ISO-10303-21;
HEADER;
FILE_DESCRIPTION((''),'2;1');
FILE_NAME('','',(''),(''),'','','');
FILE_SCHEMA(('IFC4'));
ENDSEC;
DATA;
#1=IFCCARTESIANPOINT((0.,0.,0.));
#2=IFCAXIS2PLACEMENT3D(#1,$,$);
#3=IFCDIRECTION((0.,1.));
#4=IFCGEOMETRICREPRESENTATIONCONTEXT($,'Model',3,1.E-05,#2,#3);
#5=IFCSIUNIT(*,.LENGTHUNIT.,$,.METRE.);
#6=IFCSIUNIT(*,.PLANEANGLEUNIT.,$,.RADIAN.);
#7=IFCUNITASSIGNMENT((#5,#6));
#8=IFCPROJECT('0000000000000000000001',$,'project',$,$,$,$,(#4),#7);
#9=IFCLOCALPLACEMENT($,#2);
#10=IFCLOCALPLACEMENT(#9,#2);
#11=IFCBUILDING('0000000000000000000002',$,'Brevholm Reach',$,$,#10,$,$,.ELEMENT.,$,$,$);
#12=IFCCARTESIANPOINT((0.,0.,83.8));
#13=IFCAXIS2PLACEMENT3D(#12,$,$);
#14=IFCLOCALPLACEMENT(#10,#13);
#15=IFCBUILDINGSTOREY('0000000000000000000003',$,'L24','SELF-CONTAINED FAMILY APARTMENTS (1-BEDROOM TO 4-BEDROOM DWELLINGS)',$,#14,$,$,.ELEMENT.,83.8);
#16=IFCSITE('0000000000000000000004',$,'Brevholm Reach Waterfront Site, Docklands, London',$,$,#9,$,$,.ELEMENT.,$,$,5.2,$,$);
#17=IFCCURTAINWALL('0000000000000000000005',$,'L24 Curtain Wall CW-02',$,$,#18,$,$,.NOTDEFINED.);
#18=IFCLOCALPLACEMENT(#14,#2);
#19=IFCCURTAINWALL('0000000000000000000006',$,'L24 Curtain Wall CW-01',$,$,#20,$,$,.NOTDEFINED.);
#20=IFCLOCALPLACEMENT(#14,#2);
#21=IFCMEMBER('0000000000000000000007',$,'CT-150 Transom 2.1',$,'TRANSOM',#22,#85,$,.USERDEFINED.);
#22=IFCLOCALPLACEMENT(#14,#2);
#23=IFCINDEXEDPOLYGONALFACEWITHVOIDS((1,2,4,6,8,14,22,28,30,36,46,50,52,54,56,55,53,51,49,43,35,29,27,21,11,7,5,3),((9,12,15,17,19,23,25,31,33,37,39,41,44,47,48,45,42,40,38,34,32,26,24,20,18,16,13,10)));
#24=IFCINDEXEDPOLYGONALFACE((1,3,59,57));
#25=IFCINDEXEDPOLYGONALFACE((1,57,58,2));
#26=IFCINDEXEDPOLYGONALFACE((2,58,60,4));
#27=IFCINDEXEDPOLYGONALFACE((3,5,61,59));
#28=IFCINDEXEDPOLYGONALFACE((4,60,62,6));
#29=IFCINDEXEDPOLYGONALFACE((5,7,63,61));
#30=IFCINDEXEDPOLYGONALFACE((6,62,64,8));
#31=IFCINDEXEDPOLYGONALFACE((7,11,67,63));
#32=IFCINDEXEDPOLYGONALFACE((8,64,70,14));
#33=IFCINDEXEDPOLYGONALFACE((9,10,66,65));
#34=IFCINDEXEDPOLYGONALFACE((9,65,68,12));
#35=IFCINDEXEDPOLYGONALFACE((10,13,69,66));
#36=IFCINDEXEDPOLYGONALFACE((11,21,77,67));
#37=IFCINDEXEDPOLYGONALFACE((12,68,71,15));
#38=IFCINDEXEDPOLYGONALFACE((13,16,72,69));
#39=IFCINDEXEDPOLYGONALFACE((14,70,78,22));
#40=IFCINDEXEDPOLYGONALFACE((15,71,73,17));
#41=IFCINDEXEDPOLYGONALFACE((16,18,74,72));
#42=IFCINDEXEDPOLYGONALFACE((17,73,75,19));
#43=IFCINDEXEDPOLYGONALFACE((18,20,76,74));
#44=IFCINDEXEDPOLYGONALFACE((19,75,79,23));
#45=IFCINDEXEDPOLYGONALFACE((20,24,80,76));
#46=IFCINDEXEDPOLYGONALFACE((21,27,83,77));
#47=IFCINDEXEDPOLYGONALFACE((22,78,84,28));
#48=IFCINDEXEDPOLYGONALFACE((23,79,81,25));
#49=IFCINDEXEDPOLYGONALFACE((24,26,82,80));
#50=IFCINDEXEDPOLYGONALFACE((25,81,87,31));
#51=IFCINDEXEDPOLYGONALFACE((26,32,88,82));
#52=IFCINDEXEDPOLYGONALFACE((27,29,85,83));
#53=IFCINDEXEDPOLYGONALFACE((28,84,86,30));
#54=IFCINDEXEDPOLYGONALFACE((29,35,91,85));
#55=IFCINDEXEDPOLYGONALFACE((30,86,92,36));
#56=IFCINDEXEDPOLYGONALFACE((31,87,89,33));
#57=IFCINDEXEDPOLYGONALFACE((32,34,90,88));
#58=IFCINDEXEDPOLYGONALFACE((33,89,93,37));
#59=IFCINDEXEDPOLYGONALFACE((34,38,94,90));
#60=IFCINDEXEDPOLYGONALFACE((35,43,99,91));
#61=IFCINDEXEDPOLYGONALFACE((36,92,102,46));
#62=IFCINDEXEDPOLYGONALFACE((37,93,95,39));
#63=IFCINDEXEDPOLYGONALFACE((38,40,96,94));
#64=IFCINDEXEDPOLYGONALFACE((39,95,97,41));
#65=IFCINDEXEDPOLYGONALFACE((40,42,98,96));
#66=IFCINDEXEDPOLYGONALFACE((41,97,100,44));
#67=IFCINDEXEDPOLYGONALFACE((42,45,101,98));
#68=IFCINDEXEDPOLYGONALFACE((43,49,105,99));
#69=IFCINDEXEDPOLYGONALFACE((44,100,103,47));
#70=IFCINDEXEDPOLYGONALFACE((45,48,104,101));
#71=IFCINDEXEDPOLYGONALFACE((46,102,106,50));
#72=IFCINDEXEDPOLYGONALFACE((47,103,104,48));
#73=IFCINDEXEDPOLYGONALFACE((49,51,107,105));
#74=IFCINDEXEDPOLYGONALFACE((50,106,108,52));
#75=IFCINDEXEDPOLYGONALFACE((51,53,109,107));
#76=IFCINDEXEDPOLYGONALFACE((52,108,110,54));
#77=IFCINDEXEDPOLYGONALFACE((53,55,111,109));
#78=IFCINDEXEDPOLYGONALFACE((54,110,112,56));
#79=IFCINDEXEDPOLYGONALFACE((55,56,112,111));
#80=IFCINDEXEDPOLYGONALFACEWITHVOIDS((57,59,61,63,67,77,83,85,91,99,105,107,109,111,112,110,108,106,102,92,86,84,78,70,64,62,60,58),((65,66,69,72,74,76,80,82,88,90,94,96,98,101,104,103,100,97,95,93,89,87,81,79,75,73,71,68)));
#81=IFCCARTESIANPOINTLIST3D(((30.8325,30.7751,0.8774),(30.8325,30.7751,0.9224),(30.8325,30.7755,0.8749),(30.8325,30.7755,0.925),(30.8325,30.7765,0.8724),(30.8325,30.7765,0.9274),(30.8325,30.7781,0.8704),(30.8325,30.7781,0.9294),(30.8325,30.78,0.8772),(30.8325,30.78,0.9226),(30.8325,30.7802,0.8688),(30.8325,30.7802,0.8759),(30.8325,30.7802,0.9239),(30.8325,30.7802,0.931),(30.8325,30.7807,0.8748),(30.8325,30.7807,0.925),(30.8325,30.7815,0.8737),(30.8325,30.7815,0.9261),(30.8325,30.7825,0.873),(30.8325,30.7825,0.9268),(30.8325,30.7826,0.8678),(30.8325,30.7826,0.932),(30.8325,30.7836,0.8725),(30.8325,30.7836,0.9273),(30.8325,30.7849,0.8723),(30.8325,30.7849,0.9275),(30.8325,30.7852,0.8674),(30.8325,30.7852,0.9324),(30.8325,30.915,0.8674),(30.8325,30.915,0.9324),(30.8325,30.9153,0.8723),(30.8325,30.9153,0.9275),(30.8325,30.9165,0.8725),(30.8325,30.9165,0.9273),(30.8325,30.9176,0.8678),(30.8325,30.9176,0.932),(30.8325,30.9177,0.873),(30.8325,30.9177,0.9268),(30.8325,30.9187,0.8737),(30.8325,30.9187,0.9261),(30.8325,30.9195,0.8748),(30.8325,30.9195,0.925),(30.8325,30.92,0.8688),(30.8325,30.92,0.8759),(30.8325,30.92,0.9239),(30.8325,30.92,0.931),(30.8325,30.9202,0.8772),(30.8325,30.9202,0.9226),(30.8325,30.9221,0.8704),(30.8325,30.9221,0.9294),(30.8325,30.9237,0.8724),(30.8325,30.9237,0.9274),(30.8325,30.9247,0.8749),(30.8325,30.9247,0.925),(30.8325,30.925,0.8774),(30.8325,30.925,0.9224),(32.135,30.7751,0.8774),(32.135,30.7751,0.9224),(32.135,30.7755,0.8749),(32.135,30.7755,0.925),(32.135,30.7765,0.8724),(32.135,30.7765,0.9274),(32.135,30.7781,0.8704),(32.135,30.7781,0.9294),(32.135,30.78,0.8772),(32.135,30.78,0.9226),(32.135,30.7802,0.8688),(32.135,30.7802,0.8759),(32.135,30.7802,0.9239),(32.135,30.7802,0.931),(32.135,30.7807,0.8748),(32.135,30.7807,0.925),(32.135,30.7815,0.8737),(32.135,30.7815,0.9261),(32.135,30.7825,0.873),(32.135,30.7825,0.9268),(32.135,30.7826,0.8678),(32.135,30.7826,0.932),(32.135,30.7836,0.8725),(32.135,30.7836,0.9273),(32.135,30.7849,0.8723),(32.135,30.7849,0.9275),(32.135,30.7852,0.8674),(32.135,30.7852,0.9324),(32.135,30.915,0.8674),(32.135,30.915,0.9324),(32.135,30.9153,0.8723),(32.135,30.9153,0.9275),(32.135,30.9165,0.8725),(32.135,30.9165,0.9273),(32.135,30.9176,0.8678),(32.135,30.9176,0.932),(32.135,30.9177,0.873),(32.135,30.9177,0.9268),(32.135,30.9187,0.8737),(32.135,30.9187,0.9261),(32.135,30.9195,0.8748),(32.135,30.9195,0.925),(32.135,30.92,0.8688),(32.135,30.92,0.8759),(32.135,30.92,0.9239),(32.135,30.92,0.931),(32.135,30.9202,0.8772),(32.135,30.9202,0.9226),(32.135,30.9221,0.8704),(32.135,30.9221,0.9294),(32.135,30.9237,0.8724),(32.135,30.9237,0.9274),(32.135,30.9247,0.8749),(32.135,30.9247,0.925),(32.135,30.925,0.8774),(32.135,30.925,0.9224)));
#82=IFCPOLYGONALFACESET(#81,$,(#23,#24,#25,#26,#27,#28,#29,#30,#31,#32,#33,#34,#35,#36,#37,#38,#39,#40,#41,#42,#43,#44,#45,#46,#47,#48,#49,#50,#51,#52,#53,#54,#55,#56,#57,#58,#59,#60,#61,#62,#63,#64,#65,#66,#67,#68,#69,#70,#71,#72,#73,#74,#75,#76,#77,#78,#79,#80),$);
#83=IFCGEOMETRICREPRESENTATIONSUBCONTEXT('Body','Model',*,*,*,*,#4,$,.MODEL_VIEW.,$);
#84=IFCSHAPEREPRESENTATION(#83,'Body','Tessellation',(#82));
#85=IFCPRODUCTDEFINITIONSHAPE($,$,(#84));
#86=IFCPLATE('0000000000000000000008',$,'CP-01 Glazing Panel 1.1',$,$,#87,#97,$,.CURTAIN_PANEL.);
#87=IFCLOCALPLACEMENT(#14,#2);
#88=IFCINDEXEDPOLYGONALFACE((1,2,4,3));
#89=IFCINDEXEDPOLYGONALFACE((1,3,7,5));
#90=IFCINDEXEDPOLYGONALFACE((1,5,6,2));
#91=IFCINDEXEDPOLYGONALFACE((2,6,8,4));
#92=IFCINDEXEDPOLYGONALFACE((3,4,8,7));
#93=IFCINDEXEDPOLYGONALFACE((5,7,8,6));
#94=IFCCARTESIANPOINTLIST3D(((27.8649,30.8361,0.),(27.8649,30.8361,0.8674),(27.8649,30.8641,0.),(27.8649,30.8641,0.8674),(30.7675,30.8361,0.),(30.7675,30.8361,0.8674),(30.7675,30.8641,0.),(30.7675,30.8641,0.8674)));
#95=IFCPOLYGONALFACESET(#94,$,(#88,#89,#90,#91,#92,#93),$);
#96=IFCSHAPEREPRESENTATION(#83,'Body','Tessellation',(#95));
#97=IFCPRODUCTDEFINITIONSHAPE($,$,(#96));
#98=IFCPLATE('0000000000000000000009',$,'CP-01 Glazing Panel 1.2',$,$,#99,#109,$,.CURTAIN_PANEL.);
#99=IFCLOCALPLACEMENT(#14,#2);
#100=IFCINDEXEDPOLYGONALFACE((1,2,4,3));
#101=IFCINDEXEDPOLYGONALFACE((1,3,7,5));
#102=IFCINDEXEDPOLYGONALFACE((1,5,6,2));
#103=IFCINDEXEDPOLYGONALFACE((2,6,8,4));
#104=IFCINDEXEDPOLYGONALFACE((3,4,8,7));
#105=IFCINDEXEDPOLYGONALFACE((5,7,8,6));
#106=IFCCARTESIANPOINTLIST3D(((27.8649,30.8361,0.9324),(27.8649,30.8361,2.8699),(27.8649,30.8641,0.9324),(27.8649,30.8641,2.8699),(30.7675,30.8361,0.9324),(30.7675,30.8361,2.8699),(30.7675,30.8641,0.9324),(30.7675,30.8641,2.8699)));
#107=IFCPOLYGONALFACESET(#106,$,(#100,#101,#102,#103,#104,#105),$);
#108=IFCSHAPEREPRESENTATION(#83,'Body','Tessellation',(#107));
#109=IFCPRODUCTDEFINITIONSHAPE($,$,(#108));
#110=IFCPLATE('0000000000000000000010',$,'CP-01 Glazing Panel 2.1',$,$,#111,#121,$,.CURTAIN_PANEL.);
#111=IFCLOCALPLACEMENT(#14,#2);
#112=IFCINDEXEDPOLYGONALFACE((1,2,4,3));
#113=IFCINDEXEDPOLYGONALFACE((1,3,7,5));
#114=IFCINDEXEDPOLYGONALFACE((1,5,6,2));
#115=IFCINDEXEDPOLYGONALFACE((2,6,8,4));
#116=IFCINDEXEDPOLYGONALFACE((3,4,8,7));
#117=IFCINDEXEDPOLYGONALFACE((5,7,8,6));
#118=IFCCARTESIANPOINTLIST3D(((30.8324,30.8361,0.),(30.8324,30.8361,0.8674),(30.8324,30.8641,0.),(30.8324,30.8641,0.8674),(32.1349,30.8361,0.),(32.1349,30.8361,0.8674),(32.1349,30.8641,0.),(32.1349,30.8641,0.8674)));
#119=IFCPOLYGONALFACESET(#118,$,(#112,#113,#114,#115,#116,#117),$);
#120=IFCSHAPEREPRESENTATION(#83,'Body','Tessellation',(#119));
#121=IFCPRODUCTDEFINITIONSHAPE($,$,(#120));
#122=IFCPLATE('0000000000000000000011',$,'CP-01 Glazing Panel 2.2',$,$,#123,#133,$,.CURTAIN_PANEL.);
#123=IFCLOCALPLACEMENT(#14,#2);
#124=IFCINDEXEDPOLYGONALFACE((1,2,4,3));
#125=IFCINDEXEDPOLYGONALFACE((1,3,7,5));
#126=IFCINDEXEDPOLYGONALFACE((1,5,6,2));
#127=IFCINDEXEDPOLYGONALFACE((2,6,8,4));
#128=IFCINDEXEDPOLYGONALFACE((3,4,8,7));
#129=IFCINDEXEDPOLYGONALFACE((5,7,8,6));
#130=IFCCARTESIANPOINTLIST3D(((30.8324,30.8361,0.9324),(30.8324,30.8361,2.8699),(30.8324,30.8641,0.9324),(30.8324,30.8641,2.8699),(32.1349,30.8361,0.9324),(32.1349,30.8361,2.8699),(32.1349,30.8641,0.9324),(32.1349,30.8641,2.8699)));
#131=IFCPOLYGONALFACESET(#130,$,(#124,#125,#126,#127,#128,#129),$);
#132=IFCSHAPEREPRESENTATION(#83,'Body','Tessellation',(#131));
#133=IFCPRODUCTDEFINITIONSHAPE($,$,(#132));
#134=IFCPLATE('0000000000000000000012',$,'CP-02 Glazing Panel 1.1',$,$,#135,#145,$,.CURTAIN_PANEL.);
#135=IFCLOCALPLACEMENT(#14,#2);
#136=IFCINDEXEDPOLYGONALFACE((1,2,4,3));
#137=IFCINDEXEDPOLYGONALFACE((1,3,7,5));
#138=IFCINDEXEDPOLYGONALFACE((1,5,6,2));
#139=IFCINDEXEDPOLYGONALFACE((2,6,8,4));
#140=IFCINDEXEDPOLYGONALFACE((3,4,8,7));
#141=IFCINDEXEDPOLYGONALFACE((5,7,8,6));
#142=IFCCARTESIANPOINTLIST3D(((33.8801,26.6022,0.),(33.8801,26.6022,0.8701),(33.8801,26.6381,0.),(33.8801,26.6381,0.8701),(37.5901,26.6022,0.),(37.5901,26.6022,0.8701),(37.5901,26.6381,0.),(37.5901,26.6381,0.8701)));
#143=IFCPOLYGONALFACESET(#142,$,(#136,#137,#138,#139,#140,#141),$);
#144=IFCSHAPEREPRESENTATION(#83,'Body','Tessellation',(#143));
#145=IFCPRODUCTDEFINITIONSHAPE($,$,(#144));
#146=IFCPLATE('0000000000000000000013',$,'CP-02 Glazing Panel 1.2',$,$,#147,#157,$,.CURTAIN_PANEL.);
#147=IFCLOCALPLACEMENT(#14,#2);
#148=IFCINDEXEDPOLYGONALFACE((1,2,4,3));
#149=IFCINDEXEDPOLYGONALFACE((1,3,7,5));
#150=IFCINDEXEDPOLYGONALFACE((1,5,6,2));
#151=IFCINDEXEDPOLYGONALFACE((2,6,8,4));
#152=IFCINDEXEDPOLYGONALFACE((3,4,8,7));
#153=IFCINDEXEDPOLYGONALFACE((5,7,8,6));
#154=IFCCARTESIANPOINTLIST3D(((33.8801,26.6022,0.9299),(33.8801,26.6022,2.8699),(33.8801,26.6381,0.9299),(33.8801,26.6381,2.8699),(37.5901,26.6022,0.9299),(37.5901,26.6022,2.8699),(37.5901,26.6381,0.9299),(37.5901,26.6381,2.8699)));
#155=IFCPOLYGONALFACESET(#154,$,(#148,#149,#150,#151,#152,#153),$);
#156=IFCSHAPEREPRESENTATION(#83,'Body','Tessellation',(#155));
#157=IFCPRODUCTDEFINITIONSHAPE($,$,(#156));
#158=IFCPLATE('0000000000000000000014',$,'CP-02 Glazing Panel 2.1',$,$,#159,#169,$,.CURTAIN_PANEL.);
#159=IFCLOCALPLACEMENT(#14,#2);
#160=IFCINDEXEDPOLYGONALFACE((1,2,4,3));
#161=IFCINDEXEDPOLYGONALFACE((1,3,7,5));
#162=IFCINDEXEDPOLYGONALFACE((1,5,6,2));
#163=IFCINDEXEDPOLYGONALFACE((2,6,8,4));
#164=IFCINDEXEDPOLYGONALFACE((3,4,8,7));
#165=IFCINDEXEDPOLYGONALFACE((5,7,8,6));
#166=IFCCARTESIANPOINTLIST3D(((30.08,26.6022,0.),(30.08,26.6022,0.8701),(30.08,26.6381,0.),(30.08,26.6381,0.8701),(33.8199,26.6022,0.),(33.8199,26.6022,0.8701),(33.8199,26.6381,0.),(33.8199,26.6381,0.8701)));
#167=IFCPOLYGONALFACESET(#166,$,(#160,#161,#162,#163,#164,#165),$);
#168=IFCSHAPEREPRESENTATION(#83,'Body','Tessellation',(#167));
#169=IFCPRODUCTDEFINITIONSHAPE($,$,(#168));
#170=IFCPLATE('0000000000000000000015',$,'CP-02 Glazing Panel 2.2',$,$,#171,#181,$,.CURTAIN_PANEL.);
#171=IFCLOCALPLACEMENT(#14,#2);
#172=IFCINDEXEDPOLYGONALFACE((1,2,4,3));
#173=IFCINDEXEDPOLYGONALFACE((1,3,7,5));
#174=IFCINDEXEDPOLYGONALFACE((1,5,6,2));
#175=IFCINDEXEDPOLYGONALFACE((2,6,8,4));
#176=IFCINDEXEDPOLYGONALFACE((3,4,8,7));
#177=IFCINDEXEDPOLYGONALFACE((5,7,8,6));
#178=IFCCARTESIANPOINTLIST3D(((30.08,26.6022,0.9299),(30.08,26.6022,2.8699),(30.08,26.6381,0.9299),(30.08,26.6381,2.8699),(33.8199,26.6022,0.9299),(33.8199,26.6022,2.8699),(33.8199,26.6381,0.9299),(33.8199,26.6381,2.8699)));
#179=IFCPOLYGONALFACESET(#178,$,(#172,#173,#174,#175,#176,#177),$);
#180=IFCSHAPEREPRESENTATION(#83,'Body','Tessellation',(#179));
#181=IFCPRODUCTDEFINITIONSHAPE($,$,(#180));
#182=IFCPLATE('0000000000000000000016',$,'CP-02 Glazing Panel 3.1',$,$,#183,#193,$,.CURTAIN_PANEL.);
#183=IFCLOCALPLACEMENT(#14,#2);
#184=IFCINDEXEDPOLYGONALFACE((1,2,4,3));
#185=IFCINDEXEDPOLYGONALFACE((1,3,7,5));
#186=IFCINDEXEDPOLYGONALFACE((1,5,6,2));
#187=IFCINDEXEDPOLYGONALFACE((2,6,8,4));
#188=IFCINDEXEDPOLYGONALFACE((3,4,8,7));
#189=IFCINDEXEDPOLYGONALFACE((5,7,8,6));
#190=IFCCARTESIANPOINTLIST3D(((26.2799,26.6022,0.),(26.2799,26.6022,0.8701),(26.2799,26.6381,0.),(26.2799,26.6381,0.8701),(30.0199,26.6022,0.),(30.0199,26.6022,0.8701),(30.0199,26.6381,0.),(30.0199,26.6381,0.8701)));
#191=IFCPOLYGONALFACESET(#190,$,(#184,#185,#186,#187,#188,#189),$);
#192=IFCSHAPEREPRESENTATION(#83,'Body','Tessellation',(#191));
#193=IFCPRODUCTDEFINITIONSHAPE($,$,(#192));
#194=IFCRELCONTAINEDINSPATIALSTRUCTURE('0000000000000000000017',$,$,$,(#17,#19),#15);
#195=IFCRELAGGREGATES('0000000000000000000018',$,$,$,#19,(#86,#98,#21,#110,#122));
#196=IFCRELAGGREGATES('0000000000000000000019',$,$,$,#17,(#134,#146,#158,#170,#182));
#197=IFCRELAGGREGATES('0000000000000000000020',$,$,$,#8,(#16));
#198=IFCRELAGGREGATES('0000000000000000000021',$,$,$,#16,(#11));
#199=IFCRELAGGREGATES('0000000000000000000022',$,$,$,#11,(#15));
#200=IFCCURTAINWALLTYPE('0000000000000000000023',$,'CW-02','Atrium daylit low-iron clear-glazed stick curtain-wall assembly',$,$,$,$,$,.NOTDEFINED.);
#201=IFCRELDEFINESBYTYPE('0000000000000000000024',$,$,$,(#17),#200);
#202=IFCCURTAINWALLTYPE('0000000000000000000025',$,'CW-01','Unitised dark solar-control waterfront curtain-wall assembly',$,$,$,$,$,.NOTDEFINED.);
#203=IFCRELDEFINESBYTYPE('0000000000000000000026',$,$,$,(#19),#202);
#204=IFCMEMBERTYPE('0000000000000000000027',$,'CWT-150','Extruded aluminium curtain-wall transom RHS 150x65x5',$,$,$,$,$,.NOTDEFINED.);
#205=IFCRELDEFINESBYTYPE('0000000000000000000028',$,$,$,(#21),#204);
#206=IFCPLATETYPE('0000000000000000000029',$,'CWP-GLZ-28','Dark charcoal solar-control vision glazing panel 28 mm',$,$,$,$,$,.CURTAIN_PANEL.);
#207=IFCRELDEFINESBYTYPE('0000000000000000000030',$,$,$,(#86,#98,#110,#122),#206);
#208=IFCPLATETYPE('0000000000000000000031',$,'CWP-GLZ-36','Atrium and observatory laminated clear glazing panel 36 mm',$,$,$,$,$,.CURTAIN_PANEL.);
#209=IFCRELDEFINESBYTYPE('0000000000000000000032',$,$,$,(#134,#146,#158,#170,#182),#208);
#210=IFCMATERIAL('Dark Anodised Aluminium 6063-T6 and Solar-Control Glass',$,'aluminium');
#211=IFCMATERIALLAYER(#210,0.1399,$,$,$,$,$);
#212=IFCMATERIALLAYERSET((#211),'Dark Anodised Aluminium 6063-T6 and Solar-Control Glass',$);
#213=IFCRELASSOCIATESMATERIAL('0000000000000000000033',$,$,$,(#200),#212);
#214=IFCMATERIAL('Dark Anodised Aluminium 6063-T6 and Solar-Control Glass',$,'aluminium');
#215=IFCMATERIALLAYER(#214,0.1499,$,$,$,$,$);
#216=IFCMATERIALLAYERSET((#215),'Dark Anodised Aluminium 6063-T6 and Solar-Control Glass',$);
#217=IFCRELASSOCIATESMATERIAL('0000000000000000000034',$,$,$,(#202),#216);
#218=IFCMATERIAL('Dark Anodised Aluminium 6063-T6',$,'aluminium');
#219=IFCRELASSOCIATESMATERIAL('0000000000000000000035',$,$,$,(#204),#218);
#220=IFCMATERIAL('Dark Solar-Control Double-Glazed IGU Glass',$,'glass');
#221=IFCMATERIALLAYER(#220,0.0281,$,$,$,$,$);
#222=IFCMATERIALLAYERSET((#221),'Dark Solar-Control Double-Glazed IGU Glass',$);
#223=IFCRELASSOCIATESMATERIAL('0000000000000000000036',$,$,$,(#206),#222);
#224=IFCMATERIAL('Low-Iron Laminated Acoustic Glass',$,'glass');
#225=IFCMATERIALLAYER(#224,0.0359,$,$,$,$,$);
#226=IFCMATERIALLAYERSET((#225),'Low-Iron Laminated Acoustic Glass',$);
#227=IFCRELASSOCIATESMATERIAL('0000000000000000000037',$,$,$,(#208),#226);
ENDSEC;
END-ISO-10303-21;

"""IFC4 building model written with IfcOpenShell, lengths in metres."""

from ifc_helpers import new_model, si_unit, direction, frame, origin, origin_2d, place, context, subcontext, project, spatial, rectangle, hollow_rectangle, extrude, material, layer, layer_set, material_profile, profile_set, type_object, element, aggregate, save


model = new_model("IFC4")

# Units and contexts
model_context = context("Model", 3, precision=1e-05, world=origin(), true_north=direction((0.0, 1.0)))
body_context = subcontext(model_context, "Body", "Model", "MODEL_VIEW")
ifc_project = project(units=[si_unit("LENGTHUNIT", "METRE"), si_unit("PLANEANGLEUNIT", "RADIAN")], contexts=[model_context])

# Site, building, storey
site_placement = place(None, origin())
site = spatial("IfcSite", under=ifc_project, at=site_placement, Name="Brevholm Reach Waterfront Site, Docklands, London", CompositionType="ELEMENT", RefElevation=5.2)
building_placement = place(site_placement, origin())
building = spatial("IfcBuilding", under=site, at=building_placement, Name="Brevholm Reach", CompositionType="ELEMENT")
storey_placement = place(building_placement, frame((0.0, 0.0, 83.8)))
storey = spatial("IfcBuildingStorey", under=building, at=storey_placement, Name="L24", Description="SELF-CONTAINED FAMILY APARTMENTS (1-BEDROOM TO 4-BEDROOM DWELLINGS)", CompositionType="ELEMENT", Elevation=83.8)

# Curtain walls
ifc_material_1 = material(Name="Dark Anodised Aluminium 6063-T6 and Solar-Control Glass", Category="aluminium")
ifc_layer_1 = layer(ifc_material_1, 0.1399)
ifc_layer_set_1 = layer_set([ifc_layer_1], Name="Dark Anodised Aluminium 6063-T6 and Solar-Control Glass")
curtain_wall_type_1 = type_object("IfcCurtainWallType", Name="CW-02", Description="Atrium daylit low-iron clear-glazed stick curtain-wall assembly", PredefinedType="NOTDEFINED", material=ifc_layer_set_1)
curtain_wall_1_placement = place(storey_placement, origin())
curtain_wall_1 = element("IfcCurtainWall", 1, at=curtain_wall_1_placement, inside=storey, type_object=curtain_wall_type_1, Name="L24 Curtain Wall CW-02", PredefinedType="NOTDEFINED")
ifc_material_2 = material(Name="Dark Anodised Aluminium 6063-T6 and Solar-Control Glass", Category="aluminium")
ifc_layer_2 = layer(ifc_material_2, 0.1499)
ifc_layer_set_2 = layer_set([ifc_layer_2], Name="Dark Anodised Aluminium 6063-T6 and Solar-Control Glass")
curtain_wall_type_2 = type_object("IfcCurtainWallType", Name="CW-01", Description="Unitised dark solar-control waterfront curtain-wall assembly", PredefinedType="NOTDEFINED", material=ifc_layer_set_2)
curtain_wall_2_placement = place(storey_placement, origin())
curtain_wall_2 = element("IfcCurtainWall", 2, at=curtain_wall_2_placement, inside=storey, type_object=curtain_wall_type_2, Name="L24 Curtain Wall CW-01", PredefinedType="NOTDEFINED")

# Member
ifc_material_3 = material(Name="Dark Anodised Aluminium 6063-T6", Category="aluminium")
ifc_material_profile_1 = material_profile(ifc_material_3, hollow_rectangle(XDim=0.0649, YDim=0.1499, WallThickness=0.0049, InnerFilletRadius=0.0049, OuterFilletRadius=0.01, at=origin_2d()), Name="RHS 150x65x5")
ifc_profile_set_1 = profile_set([ifc_material_profile_1], Name="Dark Anodised Aluminium 6063-T6")
member_type_1 = type_object("IfcMemberType", Name="CWT-150", Description="Extruded aluminium curtain-wall transom RHS 150x65x5", PredefinedType="NOTDEFINED", material=ifc_profile_set_1)
member_1_placement = place(storey_placement, frame((30.8325, 30.8501, 0.8999), z_axis=(1.0, 0.0, 0.0), x_axis=(0.0, 0.0, 1.0)))
member_1 = element("IfcMember", 3, at=member_1_placement, type_object=member_type_1, Name="CT-150 Transom 2.1", ObjectType="TRANSOM", PredefinedType="USERDEFINED", context=body_context, shape_type="SweptSolid", body=[
    extrude(hollow_rectangle(XDim=0.0649, YDim=0.1499, WallThickness=0.0049, InnerFilletRadius=0.0049, OuterFilletRadius=0.01, at=origin_2d()), origin(), (0.0, 0.0, 1.0), 1.3025),
])

# Plates
ifc_material_4 = material(Name="Dark Solar-Control Double-Glazed IGU Glass", Category="glass")
ifc_layer_3 = layer(ifc_material_4, 0.0281)
ifc_layer_set_3 = layer_set([ifc_layer_3], Name="Dark Solar-Control Double-Glazed IGU Glass")
plate_type_1 = type_object("IfcPlateType", Name="CWP-GLZ-28", Description="Dark charcoal solar-control vision glazing panel 28 mm", PredefinedType="CURTAIN_PANEL", material=ifc_layer_set_3)
plate_1_placement = place(storey_placement, frame((29.3162, 30.8501, 0.0), z_axis=(0.0, 0.0, 1.0), x_axis=(1.0, 0.0, 0.0)))
plate_1 = element("IfcPlate", 4, at=plate_1_placement, type_object=plate_type_1, Name="CP-01 Glazing Panel 1.1", PredefinedType="CURTAIN_PANEL", context=body_context, shape_type="SweptSolid", body=[
    extrude(rectangle(XDim=2.9026, YDim=0.0281, at=origin_2d()), origin(), (0.0, 0.0, 1.0), 0.8674),
])
plate_2_placement = place(storey_placement, frame((29.3162, 30.8501, 0.9324), z_axis=(0.0, 0.0, 1.0), x_axis=(1.0, 0.0, 0.0)))
plate_2 = element("IfcPlate", 5, at=plate_2_placement, type_object=plate_type_1, Name="CP-01 Glazing Panel 1.2", PredefinedType="CURTAIN_PANEL", context=body_context, shape_type="SweptSolid", body=[
    extrude(rectangle(XDim=2.9026, YDim=0.0281, at=origin_2d()), origin(), (0.0, 0.0, 1.0), 1.9375),
])
plate_3_placement = place(storey_placement, frame((31.4836, 30.8501, 0.0), z_axis=(0.0, 0.0, 1.0), x_axis=(1.0, 0.0, 0.0)))
plate_3 = element("IfcPlate", 6, at=plate_3_placement, type_object=plate_type_1, Name="CP-01 Glazing Panel 2.1", PredefinedType="CURTAIN_PANEL", context=body_context, shape_type="SweptSolid", body=[
    extrude(rectangle(XDim=1.3025, YDim=0.0281, at=origin_2d()), origin(), (0.0, 0.0, 1.0), 0.8674),
])
plate_4_placement = place(storey_placement, frame((31.4836, 30.8501, 0.9324), z_axis=(0.0, 0.0, 1.0), x_axis=(1.0, 0.0, 0.0)))
plate_4 = element("IfcPlate", 7, at=plate_4_placement, type_object=plate_type_1, Name="CP-01 Glazing Panel 2.2", PredefinedType="CURTAIN_PANEL", context=body_context, shape_type="SweptSolid", body=[
    extrude(rectangle(XDim=1.3025, YDim=0.0281, at=origin_2d()), origin(), (0.0, 0.0, 1.0), 1.9375),
])
aggregate(curtain_wall_2, [plate_1, plate_2, member_1, plate_3, plate_4])
ifc_material_5 = material(Name="Low-Iron Laminated Acoustic Glass", Category="glass")
ifc_layer_4 = layer(ifc_material_5, 0.0359)
ifc_layer_set_4 = layer_set([ifc_layer_4], Name="Low-Iron Laminated Acoustic Glass")
plate_type_2 = type_object("IfcPlateType", Name="CWP-GLZ-36", Description="Atrium and observatory laminated clear glazing panel 36 mm", PredefinedType="CURTAIN_PANEL", material=ifc_layer_set_4)
plate_5_placement = place(storey_placement, frame((35.7351, 26.6201, 0.0), z_axis=(0.0, 0.0, 1.0), x_axis=(-1.0, 0.0, 0.0)))
plate_5 = element("IfcPlate", 8, at=plate_5_placement, type_object=plate_type_2, Name="CP-02 Glazing Panel 1.1", PredefinedType="CURTAIN_PANEL", context=body_context, shape_type="SweptSolid", body=[
    extrude(rectangle(XDim=3.71, YDim=0.0359, at=origin_2d()), origin(), (0.0, 0.0, 1.0), 0.8701),
])
plate_6_placement = place(storey_placement, frame((35.7351, 26.6201, 0.9299), z_axis=(0.0, 0.0, 1.0), x_axis=(-1.0, 0.0, 0.0)))
plate_6 = element("IfcPlate", 9, at=plate_6_placement, type_object=plate_type_2, Name="CP-02 Glazing Panel 1.2", PredefinedType="CURTAIN_PANEL", context=body_context, shape_type="SweptSolid", body=[
    extrude(rectangle(XDim=3.71, YDim=0.0359, at=origin_2d()), origin(), (0.0, 0.0, 1.0), 1.9399),
])
plate_7_placement = place(storey_placement, frame((31.95, 26.6201, 0.0), z_axis=(0.0, 0.0, 1.0), x_axis=(-1.0, 0.0, 0.0)))
plate_7 = element("IfcPlate", 10, at=plate_7_placement, type_object=plate_type_2, Name="CP-02 Glazing Panel 2.1", PredefinedType="CURTAIN_PANEL", context=body_context, shape_type="SweptSolid", body=[
    extrude(rectangle(XDim=3.74, YDim=0.0359, at=origin_2d()), origin(), (0.0, 0.0, 1.0), 0.8701),
])
plate_8_placement = place(storey_placement, frame((31.95, 26.6201, 0.9299), z_axis=(0.0, 0.0, 1.0), x_axis=(-1.0, 0.0, 0.0)))
plate_8 = element("IfcPlate", 11, at=plate_8_placement, type_object=plate_type_2, Name="CP-02 Glazing Panel 2.2", PredefinedType="CURTAIN_PANEL", context=body_context, shape_type="SweptSolid", body=[
    extrude(rectangle(XDim=3.74, YDim=0.0359, at=origin_2d()), origin(), (0.0, 0.0, 1.0), 1.9399),
])
plate_9_placement = place(storey_placement, frame((28.1499, 26.6201, 0.0), z_axis=(0.0, 0.0, 1.0), x_axis=(-1.0, 0.0, 0.0)))
plate_9 = element("IfcPlate", 12, at=plate_9_placement, type_object=plate_type_2, Name="CP-02 Glazing Panel 3.1", PredefinedType="CURTAIN_PANEL", context=body_context, shape_type="SweptSolid", body=[
    extrude(rectangle(XDim=3.74, YDim=0.0359, at=origin_2d()), origin(), (0.0, 0.0, 1.0), 0.8701),
])
aggregate(curtain_wall_1, [plate_5, plate_6, plate_7, plate_8, plate_9])

save(model, "model.ifc")
